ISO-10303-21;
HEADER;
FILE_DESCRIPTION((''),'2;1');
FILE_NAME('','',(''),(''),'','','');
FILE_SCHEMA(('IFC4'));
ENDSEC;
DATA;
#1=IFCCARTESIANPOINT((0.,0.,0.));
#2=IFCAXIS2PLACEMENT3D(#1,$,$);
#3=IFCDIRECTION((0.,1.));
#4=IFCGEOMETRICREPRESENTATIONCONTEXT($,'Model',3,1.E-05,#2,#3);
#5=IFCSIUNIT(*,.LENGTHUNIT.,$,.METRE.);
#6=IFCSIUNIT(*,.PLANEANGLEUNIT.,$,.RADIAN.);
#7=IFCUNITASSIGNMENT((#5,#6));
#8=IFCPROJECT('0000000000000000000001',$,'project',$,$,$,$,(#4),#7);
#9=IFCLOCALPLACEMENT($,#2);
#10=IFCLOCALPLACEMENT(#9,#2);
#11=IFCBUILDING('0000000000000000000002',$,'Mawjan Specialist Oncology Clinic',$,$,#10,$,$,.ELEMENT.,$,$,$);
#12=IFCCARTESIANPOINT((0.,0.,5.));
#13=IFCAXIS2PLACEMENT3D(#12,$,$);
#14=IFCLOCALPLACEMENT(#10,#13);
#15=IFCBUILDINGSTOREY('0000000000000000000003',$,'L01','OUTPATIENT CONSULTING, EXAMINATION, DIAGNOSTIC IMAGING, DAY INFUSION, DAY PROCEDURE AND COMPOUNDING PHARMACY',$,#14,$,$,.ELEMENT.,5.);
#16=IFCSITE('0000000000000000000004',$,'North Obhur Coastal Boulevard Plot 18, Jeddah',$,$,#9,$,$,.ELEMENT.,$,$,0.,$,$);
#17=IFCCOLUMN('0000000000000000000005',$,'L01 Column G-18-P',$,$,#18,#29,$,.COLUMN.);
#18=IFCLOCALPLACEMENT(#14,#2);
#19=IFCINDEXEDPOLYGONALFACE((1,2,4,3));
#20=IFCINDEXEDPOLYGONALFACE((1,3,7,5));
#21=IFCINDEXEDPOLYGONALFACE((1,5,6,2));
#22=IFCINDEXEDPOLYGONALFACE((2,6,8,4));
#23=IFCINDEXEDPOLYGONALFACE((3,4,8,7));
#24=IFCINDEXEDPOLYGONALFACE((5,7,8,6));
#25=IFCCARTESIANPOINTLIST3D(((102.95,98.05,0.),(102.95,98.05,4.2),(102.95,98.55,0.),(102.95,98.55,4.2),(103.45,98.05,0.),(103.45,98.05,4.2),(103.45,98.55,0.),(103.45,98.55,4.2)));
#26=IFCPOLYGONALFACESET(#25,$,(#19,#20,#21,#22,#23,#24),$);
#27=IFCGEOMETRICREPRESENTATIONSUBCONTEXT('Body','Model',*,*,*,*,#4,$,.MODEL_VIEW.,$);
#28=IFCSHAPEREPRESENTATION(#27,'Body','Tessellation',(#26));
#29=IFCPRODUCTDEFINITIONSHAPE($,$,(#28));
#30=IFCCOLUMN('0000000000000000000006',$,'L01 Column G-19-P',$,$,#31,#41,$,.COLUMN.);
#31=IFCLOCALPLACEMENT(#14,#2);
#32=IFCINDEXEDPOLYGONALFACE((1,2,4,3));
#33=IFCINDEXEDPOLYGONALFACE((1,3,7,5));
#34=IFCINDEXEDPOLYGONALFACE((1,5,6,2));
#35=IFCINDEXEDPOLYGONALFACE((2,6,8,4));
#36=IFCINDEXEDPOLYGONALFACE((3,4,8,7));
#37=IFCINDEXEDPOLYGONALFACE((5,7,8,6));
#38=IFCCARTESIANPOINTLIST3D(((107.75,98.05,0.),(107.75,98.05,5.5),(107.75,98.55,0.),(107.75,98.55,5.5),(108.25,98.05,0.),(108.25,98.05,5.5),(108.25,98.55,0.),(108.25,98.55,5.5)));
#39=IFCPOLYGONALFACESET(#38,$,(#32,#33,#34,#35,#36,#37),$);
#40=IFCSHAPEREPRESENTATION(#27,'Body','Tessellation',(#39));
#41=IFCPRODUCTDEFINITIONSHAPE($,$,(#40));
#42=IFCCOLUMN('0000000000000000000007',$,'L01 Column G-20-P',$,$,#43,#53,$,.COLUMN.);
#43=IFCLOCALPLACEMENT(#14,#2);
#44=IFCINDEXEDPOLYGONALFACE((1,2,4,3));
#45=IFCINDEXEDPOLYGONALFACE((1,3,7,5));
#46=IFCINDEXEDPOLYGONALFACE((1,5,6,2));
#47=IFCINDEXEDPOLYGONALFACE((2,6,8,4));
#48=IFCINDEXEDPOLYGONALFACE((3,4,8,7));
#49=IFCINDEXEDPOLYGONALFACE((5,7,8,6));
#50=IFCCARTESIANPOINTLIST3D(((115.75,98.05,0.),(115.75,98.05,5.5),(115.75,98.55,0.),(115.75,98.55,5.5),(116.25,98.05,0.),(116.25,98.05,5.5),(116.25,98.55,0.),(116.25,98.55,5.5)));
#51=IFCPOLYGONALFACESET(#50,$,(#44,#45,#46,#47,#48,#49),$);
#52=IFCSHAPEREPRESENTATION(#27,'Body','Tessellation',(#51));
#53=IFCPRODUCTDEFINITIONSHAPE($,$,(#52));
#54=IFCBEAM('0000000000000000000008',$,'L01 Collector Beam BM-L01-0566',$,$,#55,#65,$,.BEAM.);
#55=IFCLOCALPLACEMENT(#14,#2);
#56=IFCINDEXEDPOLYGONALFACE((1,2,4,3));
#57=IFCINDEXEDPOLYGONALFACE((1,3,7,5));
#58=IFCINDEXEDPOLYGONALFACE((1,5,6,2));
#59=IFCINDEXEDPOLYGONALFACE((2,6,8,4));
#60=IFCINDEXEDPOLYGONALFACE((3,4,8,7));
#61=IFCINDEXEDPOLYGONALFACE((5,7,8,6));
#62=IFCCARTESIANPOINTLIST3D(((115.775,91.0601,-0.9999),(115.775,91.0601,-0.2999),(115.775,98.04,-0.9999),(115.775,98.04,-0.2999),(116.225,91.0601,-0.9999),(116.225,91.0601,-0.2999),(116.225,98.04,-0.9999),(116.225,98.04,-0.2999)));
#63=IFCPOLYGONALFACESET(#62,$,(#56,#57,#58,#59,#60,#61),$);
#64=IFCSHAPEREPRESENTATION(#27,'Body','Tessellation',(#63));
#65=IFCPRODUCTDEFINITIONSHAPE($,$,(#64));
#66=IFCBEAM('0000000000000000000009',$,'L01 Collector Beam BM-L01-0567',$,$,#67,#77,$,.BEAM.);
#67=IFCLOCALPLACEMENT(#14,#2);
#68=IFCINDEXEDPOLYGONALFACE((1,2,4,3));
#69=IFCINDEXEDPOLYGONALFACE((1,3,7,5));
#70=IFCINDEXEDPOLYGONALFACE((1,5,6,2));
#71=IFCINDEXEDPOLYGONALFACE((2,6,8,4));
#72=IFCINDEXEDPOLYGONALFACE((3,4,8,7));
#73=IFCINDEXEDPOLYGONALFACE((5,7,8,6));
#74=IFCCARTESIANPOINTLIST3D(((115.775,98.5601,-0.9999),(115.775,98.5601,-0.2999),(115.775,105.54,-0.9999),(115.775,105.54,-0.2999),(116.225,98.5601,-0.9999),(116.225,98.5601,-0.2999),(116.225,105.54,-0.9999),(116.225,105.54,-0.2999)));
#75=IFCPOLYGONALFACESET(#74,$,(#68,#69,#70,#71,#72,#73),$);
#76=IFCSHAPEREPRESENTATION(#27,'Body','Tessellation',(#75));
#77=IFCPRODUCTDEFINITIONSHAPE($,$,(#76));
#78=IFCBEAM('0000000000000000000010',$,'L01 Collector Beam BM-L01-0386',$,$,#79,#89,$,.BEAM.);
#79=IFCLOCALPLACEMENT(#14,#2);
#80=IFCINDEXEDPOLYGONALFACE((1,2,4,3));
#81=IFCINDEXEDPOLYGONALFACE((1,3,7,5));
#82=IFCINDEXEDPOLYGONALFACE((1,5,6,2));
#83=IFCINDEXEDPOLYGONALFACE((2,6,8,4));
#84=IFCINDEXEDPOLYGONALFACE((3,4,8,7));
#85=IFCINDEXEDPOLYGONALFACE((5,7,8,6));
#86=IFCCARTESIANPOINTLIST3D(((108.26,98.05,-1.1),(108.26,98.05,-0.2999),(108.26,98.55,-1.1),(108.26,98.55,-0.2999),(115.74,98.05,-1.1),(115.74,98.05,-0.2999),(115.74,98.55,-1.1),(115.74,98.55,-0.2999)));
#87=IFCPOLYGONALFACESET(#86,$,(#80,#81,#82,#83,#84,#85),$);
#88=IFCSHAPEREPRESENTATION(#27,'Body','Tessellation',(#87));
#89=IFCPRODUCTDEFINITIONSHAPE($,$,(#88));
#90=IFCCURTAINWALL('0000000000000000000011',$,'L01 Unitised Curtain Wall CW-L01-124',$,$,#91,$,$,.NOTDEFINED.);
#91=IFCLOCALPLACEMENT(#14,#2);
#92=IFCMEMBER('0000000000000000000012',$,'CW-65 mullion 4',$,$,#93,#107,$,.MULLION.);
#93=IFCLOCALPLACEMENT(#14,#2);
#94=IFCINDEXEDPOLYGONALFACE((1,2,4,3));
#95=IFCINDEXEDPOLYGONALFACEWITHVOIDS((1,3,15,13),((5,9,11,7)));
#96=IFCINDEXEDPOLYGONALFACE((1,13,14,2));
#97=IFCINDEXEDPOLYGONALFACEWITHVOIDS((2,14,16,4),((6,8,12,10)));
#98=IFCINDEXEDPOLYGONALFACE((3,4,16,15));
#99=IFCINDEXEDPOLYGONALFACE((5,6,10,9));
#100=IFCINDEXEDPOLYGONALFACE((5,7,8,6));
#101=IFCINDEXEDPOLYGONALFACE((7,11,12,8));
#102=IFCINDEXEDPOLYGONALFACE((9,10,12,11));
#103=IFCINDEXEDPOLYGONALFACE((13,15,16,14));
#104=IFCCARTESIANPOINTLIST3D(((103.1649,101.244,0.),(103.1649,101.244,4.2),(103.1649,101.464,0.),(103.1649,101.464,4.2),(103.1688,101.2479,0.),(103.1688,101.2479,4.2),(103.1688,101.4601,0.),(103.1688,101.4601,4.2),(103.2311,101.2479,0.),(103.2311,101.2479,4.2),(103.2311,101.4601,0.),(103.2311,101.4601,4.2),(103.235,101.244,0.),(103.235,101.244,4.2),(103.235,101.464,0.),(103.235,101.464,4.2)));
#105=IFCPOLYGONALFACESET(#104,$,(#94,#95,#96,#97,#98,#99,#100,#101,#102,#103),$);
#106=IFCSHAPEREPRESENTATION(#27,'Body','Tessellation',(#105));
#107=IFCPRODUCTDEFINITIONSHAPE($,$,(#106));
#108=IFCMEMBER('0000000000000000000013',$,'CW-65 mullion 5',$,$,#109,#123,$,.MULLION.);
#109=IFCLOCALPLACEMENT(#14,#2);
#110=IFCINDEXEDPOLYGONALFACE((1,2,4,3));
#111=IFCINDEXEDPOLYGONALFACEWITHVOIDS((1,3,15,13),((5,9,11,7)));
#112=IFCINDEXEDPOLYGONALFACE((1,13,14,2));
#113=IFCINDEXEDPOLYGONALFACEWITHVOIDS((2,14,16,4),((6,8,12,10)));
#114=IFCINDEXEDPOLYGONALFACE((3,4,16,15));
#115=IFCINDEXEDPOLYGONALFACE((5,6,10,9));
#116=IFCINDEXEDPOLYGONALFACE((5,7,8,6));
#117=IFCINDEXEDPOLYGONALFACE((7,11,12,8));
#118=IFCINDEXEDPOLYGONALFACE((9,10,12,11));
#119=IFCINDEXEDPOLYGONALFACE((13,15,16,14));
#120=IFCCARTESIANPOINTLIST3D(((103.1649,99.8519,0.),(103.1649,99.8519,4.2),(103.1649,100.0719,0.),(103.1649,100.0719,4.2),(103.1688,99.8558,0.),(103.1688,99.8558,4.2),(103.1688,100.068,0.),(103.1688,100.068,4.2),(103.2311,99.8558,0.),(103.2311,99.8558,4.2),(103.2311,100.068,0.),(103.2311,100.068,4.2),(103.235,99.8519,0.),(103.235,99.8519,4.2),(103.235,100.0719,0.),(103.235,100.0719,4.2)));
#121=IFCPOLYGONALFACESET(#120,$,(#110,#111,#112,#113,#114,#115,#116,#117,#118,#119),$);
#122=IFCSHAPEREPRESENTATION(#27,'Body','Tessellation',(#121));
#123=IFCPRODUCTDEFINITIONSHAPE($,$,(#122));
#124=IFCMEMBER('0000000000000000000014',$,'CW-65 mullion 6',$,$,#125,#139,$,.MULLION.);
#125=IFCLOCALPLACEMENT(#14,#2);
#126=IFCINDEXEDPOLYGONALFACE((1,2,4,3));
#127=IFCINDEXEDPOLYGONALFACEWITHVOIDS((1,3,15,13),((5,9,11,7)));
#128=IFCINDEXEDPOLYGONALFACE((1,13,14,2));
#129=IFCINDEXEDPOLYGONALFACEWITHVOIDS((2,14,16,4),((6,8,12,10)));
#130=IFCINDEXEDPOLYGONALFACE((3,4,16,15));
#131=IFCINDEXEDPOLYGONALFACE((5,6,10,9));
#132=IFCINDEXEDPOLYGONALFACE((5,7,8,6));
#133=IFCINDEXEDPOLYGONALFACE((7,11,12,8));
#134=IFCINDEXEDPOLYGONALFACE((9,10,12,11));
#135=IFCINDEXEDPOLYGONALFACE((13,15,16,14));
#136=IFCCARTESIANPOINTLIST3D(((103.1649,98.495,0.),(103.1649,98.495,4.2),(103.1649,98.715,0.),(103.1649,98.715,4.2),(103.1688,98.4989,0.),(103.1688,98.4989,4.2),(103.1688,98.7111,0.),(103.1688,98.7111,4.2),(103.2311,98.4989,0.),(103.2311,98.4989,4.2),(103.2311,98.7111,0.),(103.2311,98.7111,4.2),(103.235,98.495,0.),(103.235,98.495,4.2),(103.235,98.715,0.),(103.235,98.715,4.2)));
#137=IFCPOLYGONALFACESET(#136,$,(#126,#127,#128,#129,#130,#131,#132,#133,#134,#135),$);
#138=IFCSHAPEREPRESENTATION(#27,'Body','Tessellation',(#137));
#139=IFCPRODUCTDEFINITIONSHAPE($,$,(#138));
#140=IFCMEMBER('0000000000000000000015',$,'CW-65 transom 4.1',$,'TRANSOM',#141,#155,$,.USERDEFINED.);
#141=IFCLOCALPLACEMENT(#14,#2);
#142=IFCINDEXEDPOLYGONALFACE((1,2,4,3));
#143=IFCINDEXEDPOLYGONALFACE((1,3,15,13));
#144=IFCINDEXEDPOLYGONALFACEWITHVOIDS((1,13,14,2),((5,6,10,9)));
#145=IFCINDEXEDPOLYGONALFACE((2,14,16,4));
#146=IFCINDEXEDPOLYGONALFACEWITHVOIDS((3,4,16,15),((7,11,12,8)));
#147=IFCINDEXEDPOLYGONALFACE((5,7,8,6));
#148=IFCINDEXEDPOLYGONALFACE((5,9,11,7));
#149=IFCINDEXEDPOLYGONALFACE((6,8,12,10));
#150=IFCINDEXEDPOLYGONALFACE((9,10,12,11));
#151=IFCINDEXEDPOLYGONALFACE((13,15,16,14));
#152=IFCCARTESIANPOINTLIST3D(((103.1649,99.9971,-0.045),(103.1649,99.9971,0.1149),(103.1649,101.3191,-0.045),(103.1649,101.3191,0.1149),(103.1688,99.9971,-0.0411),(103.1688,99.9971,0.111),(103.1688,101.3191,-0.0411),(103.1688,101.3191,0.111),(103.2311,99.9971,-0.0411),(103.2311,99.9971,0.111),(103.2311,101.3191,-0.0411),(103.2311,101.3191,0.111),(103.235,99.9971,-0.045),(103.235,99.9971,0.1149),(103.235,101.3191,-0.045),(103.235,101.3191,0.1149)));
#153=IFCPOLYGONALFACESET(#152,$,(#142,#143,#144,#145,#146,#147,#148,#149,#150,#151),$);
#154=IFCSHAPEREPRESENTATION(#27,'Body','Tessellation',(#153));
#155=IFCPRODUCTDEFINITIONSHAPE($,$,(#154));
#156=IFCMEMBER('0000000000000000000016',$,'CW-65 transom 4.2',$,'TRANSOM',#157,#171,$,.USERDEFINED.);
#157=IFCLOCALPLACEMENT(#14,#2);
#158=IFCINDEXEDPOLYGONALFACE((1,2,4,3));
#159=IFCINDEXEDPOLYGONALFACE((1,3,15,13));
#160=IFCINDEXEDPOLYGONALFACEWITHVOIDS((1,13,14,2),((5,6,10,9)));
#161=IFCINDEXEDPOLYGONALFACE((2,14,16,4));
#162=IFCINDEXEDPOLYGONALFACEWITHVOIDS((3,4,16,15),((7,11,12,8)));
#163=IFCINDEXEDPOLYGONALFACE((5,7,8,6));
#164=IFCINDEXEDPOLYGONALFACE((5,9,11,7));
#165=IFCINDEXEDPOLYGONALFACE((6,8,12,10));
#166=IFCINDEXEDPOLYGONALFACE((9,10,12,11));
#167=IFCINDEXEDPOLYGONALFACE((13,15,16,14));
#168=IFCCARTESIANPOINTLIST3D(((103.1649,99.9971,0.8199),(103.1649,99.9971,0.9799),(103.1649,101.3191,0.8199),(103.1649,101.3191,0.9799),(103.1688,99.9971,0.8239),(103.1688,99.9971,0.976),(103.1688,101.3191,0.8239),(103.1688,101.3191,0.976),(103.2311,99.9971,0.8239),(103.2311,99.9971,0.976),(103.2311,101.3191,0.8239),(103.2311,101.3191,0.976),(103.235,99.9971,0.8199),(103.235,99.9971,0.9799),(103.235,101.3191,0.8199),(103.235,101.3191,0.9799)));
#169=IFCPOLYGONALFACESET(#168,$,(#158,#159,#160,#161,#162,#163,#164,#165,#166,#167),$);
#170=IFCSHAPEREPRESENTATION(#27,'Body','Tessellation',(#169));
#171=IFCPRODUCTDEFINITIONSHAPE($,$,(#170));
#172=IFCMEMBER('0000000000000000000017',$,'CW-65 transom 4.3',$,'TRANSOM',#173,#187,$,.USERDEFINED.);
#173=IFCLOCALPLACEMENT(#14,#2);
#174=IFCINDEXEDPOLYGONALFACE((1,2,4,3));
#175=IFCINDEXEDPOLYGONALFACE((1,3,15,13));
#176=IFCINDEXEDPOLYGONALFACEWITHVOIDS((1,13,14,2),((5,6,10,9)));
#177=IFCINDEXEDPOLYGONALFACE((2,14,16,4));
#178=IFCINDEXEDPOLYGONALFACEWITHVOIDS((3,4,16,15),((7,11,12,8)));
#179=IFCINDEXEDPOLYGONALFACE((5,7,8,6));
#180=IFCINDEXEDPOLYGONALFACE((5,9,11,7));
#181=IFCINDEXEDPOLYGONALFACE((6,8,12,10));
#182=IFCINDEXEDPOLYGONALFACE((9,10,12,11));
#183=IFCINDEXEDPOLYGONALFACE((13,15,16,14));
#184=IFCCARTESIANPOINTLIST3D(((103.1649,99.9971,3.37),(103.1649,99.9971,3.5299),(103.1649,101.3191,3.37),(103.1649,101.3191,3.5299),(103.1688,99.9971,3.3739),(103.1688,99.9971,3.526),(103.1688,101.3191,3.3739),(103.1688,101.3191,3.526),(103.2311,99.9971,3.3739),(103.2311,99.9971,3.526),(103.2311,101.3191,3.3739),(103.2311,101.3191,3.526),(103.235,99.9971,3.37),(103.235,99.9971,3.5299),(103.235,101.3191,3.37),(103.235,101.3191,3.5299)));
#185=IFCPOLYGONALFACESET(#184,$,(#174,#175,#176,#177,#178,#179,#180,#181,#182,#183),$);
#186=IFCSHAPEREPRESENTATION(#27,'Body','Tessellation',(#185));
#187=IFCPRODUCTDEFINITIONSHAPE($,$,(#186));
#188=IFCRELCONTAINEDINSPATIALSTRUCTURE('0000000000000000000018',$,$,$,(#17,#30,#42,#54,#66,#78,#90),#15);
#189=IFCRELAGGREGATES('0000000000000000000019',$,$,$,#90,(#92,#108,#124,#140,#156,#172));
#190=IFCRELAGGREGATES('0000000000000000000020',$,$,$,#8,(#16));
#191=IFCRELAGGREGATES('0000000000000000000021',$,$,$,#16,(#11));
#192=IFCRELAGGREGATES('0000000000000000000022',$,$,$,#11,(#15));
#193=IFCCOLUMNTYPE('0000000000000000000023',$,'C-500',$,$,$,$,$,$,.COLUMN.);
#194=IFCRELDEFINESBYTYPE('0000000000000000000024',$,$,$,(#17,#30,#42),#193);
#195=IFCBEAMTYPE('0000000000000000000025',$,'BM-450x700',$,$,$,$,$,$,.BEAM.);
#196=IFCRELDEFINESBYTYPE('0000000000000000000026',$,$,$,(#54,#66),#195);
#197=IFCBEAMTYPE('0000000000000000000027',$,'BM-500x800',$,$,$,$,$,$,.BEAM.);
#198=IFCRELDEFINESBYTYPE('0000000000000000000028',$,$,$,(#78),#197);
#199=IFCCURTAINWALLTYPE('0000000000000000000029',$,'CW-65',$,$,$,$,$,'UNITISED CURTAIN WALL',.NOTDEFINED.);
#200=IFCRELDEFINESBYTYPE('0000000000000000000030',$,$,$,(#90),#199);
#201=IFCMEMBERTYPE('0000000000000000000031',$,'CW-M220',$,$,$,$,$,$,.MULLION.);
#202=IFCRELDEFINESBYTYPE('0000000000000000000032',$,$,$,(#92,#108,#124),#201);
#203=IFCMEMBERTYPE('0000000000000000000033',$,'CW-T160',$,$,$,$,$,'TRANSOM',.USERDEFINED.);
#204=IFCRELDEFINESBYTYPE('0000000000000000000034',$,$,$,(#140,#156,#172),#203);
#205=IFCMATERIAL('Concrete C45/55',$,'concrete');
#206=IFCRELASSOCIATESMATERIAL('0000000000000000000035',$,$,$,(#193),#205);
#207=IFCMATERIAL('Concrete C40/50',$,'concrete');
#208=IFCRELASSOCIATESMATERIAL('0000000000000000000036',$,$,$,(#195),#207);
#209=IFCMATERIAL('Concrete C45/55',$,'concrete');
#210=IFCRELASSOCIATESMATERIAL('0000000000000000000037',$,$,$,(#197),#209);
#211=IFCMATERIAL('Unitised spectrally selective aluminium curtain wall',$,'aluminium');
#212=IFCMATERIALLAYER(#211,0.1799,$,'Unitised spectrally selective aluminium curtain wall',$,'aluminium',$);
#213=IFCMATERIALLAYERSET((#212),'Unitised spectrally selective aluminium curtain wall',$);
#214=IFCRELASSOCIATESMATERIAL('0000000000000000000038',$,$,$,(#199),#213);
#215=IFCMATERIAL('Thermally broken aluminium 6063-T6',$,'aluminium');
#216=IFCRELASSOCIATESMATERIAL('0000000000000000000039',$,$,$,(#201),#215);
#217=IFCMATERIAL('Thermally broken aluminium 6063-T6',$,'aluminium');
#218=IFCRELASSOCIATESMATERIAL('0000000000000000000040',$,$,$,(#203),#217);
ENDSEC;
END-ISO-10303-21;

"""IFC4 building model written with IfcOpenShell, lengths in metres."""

from ifc_helpers import new_model, si_unit, direction, frame, origin, origin_2d, place, context, subcontext, project, spatial, rectangle, hollow_rectangle, extrude, material, layer, layer_set, material_profile, profile_set, type_object, element, aggregate, save


model = new_model("IFC4")

# Units and contexts
model_context = context("Model", 3, precision=1e-05, world=origin(), true_north=direction((0.0, 1.0)))
body_context = subcontext(model_context, "Body", "Model", "MODEL_VIEW")
ifc_project = project(units=[si_unit("LENGTHUNIT", "METRE"), si_unit("PLANEANGLEUNIT", "RADIAN")], contexts=[model_context])

# Site, building, storey
site_placement = place(None, origin())
site = spatial("IfcSite", under=ifc_project, at=site_placement, Name="North Obhur Coastal Boulevard Plot 18, Jeddah", CompositionType="ELEMENT", RefElevation=0.0)
building_placement = place(site_placement, origin())
building = spatial("IfcBuilding", under=site, at=building_placement, Name="Mawjan Specialist Oncology Clinic", CompositionType="ELEMENT")
storey_placement = place(building_placement, frame((0.0, 0.0, 5.0)))
storey = spatial("IfcBuildingStorey", under=building, at=storey_placement, Name="L01", Description="OUTPATIENT CONSULTING, EXAMINATION, DIAGNOSTIC IMAGING, DAY INFUSION, DAY PROCEDURE AND COMPOUNDING PHARMACY", CompositionType="ELEMENT", Elevation=5.0)

# Columns
ifc_material_1 = material(Name="Concrete C45/55", Category="concrete")
ifc_material_profile_1 = material_profile(ifc_material_1, rectangle(XDim=0.5, YDim=0.5, at=origin_2d()), Name="RC COL 500x500", Category="concrete")
ifc_profile_set_1 = profile_set([ifc_material_profile_1], Name="Concrete C45/55")
column_type = type_object("IfcColumnType", Name="C-500", PredefinedType="COLUMN", material=ifc_profile_set_1)
column_placement = place(storey_placement, frame((103.2, 98.3, 0.0), z_axis=(0.0, 0.0, 1.0), x_axis=(1.0, 0.0, 0.0)))
element("IfcColumn", 1, at=column_placement, inside=storey, type_object=column_type, Name="L01 Column G-18-P", PredefinedType="COLUMN", context=body_context, shape_type="SweptSolid", body=[
    extrude(rectangle(XDim=0.5, YDim=0.5, at=origin_2d()), origin(), (0.0, 0.0, 1.0), 4.2),
])
for number, where, z_axis, x_axis, name in (
    (2, (108.0, 98.3, 0.0), (0.0, 0.0, 1.0), (1.0, 0.0, 0.0), "L01 Column G-19-P"),
    (3, (116.0, 98.3, 0.0), (0.0, 0.0, 1.0), (1.0, 0.0, 0.0), "L01 Column G-20-P"),
):
    element("IfcColumn", number, at=place(storey_placement, frame(where, z_axis=z_axis, x_axis=x_axis)), inside=storey, type_object=column_type, Name=name, PredefinedType="COLUMN", context=body_context, shape_type="SweptSolid", body=[
        extrude(rectangle(XDim=0.5, YDim=0.5, at=origin_2d()), origin(), (0.0, 0.0, 1.0), 5.5),
    ])

# Beams
ifc_material_2 = material(Name="Concrete C40/50", Category="concrete")
ifc_material_profile_2 = material_profile(ifc_material_2, rectangle(XDim=0.45, YDim=0.7, at=origin_2d()), Name="RC BM 450x700", Category="concrete")
ifc_profile_set_2 = profile_set([ifc_material_profile_2], Name="Concrete C40/50")
beam_type_1 = type_object("IfcBeamType", Name="BM-450x700", PredefinedType="BEAM", material=ifc_profile_set_2)
for number, where, z_axis, x_axis, name in (
    (4, (116.0, 91.0601, -0.6499), (0.0, 1.0, 0.0), (-1.0, 0.0, 0.0), "L01 Collector Beam BM-L01-0566"),
    (5, (116.0, 98.5601, -0.6499), (0.0, 1.0, 0.0), (-1.0, 0.0, 0.0), "L01 Collector Beam BM-L01-0567"),
):
    element("IfcBeam", number, at=place(storey_placement, frame(where, z_axis=z_axis, x_axis=x_axis)), inside=storey, type_object=beam_type_1, Name=name, PredefinedType="BEAM", context=body_context, shape_type="SweptSolid", body=[
        extrude(rectangle(XDim=0.45, YDim=0.7, at=origin_2d()), origin(), (0.0, 0.0, 1.0), 6.98),
    ])
ifc_material_3 = material(Name="Concrete C45/55", Category="concrete")
ifc_material_profile_3 = material_profile(ifc_material_3, rectangle(XDim=0.5, YDim=0.8, at=origin_2d()), Name="RC BM 500x800", Category="concrete")
ifc_profile_set_3 = profile_set([ifc_material_profile_3], Name="Concrete C45/55")
beam_type_2 = type_object("IfcBeamType", Name="BM-500x800", PredefinedType="BEAM", material=ifc_profile_set_3)
beam_placement = place(storey_placement, frame((108.26, 98.3, -0.7), z_axis=(1.0, 0.0, 0.0), x_axis=(0.0, 1.0, 0.0)))
element("IfcBeam", 6, at=beam_placement, inside=storey, type_object=beam_type_2, Name="L01 Collector Beam BM-L01-0386", PredefinedType="BEAM", context=body_context, shape_type="SweptSolid", body=[
    extrude(rectangle(XDim=0.5, YDim=0.8, at=origin_2d()), origin(), (0.0, 0.0, 1.0), 7.48),
])

# Curtain wall, members
ifc_material_4 = material(Name="Unitised spectrally selective aluminium curtain wall", Category="aluminium")
ifc_layer_1 = layer(ifc_material_4, 0.1799, Name="Unitised spectrally selective aluminium curtain wall", Category="aluminium")
ifc_layer_set_1 = layer_set([ifc_layer_1], Name="Unitised spectrally selective aluminium curtain wall")
curtain_wall_type = type_object("IfcCurtainWallType", Name="CW-65", ElementType="UNITISED CURTAIN WALL", PredefinedType="NOTDEFINED", material=ifc_layer_set_1)
curtain_wall_placement = place(storey_placement, origin())
curtain_wall = element("IfcCurtainWall", 7, at=curtain_wall_placement, inside=storey, type_object=curtain_wall_type, Name="L01 Unitised Curtain Wall CW-L01-124", PredefinedType="NOTDEFINED")
ifc_material_5 = material(Name="Thermally broken aluminium 6063-T6", Category="aluminium")
ifc_material_profile_4 = material_profile(ifc_material_5, hollow_rectangle(XDim=0.0701, YDim=0.22, WallThickness=0.0039, at=origin_2d()), Name="ALU MULLION 220x70x4", Category="aluminium")
ifc_profile_set_4 = profile_set([ifc_material_profile_4], Name="Thermally broken aluminium 6063-T6")
member_type_1 = type_object("IfcMemberType", Name="CW-M220", PredefinedType="MULLION", material=ifc_profile_set_4)
member_1_placement = place(storey_placement, frame((103.2, 101.354, 0.0), z_axis=(0.0, 0.0, 1.0), x_axis=(1.0, 0.0, 0.0)))
member_1 = element("IfcMember", 8, at=member_1_placement, type_object=member_type_1, Name="CW-65 mullion 4", PredefinedType="MULLION", context=body_context, shape_type="SweptSolid", body=[
    extrude(hollow_rectangle(XDim=0.0701, YDim=0.22, WallThickness=0.0039, at=origin_2d()), origin(), (0.0, 0.0, 1.0), 4.2),
])
member_2_placement = place(storey_placement, frame((103.2, 99.9619, 0.0), z_axis=(0.0, 0.0, 1.0), x_axis=(1.0, 0.0, 0.0)))
member_2 = element("IfcMember", 9, at=member_2_placement, type_object=member_type_1, Name="CW-65 mullion 5", PredefinedType="MULLION", context=body_context, shape_type="SweptSolid", body=[
    extrude(hollow_rectangle(XDim=0.0701, YDim=0.22, WallThickness=0.0039, at=origin_2d()), origin(), (0.0, 0.0, 1.0), 4.2),
])
member_3_placement = place(storey_placement, frame((103.2, 98.605, 0.0), z_axis=(0.0, 0.0, 1.0), x_axis=(1.0, 0.0, 0.0)))
member_3 = element("IfcMember", 10, at=member_3_placement, type_object=member_type_1, Name="CW-65 mullion 6", PredefinedType="MULLION", context=body_context, shape_type="SweptSolid", body=[
    extrude(hollow_rectangle(XDim=0.0701, YDim=0.22, WallThickness=0.0039, at=origin_2d()), origin(), (0.0, 0.0, 1.0), 4.2),
])
ifc_material_6 = material(Name="Thermally broken aluminium 6063-T6", Category="aluminium")
ifc_material_profile_5 = material_profile(ifc_material_6, hollow_rectangle(XDim=0.0701, YDim=0.1599, WallThickness=0.0039, at=origin_2d()), Name="ALU TRANSOM 160x70x4", Category="aluminium")
ifc_profile_set_5 = profile_set([ifc_material_profile_5], Name="Thermally broken aluminium 6063-T6")
member_type_2 = type_object("IfcMemberType", Name="CW-T160", ElementType="TRANSOM", PredefinedType="USERDEFINED", material=ifc_profile_set_5)
member_4_placement = place(storey_placement, frame((103.2, 101.3191, 0.0349), z_axis=(0.0, -1.0, 0.0), x_axis=(1.0, 0.0, 0.0)))
member_4 = element("IfcMember", 11, at=member_4_placement, type_object=member_type_2, Name="CW-65 transom 4.1", ObjectType="TRANSOM", PredefinedType="USERDEFINED", context=body_context, shape_type="SweptSolid", body=[
    extrude(hollow_rectangle(XDim=0.0701, YDim=0.1599, WallThickness=0.0039, at=origin_2d()), origin(), (0.0, 0.0, 1.0), 1.322),
])
member_5_placement = place(storey_placement, frame((103.2, 101.3191, 0.8999), z_axis=(0.0, -1.0, 0.0), x_axis=(1.0, 0.0, 0.0)))
member_5 = element("IfcMember", 12, at=member_5_placement, type_object=member_type_2, Name="CW-65 transom 4.2", ObjectType="TRANSOM", PredefinedType="USERDEFINED", context=body_context, shape_type="SweptSolid", body=[
    extrude(hollow_rectangle(XDim=0.0701, YDim=0.1599, WallThickness=0.0039, at=origin_2d()), origin(), (0.0, 0.0, 1.0), 1.322),
])
member_6_placement = place(storey_placement, frame((103.2, 101.3191, 3.45), z_axis=(0.0, -1.0, 0.0), x_axis=(1.0, 0.0, 0.0)))
member_6 = element("IfcMember", 13, at=member_6_placement, type_object=member_type_2, Name="CW-65 transom 4.3", ObjectType="TRANSOM", PredefinedType="USERDEFINED", context=body_context, shape_type="SweptSolid", body=[
    extrude(hollow_rectangle(XDim=0.0701, YDim=0.1599, WallThickness=0.0039, at=origin_2d()), origin(), (0.0, 0.0, 1.0), 1.322),
])

aggregate(curtain_wall, [member_1, member_2, member_3, member_4, member_5, member_6])

save(model, "model.ifc")
